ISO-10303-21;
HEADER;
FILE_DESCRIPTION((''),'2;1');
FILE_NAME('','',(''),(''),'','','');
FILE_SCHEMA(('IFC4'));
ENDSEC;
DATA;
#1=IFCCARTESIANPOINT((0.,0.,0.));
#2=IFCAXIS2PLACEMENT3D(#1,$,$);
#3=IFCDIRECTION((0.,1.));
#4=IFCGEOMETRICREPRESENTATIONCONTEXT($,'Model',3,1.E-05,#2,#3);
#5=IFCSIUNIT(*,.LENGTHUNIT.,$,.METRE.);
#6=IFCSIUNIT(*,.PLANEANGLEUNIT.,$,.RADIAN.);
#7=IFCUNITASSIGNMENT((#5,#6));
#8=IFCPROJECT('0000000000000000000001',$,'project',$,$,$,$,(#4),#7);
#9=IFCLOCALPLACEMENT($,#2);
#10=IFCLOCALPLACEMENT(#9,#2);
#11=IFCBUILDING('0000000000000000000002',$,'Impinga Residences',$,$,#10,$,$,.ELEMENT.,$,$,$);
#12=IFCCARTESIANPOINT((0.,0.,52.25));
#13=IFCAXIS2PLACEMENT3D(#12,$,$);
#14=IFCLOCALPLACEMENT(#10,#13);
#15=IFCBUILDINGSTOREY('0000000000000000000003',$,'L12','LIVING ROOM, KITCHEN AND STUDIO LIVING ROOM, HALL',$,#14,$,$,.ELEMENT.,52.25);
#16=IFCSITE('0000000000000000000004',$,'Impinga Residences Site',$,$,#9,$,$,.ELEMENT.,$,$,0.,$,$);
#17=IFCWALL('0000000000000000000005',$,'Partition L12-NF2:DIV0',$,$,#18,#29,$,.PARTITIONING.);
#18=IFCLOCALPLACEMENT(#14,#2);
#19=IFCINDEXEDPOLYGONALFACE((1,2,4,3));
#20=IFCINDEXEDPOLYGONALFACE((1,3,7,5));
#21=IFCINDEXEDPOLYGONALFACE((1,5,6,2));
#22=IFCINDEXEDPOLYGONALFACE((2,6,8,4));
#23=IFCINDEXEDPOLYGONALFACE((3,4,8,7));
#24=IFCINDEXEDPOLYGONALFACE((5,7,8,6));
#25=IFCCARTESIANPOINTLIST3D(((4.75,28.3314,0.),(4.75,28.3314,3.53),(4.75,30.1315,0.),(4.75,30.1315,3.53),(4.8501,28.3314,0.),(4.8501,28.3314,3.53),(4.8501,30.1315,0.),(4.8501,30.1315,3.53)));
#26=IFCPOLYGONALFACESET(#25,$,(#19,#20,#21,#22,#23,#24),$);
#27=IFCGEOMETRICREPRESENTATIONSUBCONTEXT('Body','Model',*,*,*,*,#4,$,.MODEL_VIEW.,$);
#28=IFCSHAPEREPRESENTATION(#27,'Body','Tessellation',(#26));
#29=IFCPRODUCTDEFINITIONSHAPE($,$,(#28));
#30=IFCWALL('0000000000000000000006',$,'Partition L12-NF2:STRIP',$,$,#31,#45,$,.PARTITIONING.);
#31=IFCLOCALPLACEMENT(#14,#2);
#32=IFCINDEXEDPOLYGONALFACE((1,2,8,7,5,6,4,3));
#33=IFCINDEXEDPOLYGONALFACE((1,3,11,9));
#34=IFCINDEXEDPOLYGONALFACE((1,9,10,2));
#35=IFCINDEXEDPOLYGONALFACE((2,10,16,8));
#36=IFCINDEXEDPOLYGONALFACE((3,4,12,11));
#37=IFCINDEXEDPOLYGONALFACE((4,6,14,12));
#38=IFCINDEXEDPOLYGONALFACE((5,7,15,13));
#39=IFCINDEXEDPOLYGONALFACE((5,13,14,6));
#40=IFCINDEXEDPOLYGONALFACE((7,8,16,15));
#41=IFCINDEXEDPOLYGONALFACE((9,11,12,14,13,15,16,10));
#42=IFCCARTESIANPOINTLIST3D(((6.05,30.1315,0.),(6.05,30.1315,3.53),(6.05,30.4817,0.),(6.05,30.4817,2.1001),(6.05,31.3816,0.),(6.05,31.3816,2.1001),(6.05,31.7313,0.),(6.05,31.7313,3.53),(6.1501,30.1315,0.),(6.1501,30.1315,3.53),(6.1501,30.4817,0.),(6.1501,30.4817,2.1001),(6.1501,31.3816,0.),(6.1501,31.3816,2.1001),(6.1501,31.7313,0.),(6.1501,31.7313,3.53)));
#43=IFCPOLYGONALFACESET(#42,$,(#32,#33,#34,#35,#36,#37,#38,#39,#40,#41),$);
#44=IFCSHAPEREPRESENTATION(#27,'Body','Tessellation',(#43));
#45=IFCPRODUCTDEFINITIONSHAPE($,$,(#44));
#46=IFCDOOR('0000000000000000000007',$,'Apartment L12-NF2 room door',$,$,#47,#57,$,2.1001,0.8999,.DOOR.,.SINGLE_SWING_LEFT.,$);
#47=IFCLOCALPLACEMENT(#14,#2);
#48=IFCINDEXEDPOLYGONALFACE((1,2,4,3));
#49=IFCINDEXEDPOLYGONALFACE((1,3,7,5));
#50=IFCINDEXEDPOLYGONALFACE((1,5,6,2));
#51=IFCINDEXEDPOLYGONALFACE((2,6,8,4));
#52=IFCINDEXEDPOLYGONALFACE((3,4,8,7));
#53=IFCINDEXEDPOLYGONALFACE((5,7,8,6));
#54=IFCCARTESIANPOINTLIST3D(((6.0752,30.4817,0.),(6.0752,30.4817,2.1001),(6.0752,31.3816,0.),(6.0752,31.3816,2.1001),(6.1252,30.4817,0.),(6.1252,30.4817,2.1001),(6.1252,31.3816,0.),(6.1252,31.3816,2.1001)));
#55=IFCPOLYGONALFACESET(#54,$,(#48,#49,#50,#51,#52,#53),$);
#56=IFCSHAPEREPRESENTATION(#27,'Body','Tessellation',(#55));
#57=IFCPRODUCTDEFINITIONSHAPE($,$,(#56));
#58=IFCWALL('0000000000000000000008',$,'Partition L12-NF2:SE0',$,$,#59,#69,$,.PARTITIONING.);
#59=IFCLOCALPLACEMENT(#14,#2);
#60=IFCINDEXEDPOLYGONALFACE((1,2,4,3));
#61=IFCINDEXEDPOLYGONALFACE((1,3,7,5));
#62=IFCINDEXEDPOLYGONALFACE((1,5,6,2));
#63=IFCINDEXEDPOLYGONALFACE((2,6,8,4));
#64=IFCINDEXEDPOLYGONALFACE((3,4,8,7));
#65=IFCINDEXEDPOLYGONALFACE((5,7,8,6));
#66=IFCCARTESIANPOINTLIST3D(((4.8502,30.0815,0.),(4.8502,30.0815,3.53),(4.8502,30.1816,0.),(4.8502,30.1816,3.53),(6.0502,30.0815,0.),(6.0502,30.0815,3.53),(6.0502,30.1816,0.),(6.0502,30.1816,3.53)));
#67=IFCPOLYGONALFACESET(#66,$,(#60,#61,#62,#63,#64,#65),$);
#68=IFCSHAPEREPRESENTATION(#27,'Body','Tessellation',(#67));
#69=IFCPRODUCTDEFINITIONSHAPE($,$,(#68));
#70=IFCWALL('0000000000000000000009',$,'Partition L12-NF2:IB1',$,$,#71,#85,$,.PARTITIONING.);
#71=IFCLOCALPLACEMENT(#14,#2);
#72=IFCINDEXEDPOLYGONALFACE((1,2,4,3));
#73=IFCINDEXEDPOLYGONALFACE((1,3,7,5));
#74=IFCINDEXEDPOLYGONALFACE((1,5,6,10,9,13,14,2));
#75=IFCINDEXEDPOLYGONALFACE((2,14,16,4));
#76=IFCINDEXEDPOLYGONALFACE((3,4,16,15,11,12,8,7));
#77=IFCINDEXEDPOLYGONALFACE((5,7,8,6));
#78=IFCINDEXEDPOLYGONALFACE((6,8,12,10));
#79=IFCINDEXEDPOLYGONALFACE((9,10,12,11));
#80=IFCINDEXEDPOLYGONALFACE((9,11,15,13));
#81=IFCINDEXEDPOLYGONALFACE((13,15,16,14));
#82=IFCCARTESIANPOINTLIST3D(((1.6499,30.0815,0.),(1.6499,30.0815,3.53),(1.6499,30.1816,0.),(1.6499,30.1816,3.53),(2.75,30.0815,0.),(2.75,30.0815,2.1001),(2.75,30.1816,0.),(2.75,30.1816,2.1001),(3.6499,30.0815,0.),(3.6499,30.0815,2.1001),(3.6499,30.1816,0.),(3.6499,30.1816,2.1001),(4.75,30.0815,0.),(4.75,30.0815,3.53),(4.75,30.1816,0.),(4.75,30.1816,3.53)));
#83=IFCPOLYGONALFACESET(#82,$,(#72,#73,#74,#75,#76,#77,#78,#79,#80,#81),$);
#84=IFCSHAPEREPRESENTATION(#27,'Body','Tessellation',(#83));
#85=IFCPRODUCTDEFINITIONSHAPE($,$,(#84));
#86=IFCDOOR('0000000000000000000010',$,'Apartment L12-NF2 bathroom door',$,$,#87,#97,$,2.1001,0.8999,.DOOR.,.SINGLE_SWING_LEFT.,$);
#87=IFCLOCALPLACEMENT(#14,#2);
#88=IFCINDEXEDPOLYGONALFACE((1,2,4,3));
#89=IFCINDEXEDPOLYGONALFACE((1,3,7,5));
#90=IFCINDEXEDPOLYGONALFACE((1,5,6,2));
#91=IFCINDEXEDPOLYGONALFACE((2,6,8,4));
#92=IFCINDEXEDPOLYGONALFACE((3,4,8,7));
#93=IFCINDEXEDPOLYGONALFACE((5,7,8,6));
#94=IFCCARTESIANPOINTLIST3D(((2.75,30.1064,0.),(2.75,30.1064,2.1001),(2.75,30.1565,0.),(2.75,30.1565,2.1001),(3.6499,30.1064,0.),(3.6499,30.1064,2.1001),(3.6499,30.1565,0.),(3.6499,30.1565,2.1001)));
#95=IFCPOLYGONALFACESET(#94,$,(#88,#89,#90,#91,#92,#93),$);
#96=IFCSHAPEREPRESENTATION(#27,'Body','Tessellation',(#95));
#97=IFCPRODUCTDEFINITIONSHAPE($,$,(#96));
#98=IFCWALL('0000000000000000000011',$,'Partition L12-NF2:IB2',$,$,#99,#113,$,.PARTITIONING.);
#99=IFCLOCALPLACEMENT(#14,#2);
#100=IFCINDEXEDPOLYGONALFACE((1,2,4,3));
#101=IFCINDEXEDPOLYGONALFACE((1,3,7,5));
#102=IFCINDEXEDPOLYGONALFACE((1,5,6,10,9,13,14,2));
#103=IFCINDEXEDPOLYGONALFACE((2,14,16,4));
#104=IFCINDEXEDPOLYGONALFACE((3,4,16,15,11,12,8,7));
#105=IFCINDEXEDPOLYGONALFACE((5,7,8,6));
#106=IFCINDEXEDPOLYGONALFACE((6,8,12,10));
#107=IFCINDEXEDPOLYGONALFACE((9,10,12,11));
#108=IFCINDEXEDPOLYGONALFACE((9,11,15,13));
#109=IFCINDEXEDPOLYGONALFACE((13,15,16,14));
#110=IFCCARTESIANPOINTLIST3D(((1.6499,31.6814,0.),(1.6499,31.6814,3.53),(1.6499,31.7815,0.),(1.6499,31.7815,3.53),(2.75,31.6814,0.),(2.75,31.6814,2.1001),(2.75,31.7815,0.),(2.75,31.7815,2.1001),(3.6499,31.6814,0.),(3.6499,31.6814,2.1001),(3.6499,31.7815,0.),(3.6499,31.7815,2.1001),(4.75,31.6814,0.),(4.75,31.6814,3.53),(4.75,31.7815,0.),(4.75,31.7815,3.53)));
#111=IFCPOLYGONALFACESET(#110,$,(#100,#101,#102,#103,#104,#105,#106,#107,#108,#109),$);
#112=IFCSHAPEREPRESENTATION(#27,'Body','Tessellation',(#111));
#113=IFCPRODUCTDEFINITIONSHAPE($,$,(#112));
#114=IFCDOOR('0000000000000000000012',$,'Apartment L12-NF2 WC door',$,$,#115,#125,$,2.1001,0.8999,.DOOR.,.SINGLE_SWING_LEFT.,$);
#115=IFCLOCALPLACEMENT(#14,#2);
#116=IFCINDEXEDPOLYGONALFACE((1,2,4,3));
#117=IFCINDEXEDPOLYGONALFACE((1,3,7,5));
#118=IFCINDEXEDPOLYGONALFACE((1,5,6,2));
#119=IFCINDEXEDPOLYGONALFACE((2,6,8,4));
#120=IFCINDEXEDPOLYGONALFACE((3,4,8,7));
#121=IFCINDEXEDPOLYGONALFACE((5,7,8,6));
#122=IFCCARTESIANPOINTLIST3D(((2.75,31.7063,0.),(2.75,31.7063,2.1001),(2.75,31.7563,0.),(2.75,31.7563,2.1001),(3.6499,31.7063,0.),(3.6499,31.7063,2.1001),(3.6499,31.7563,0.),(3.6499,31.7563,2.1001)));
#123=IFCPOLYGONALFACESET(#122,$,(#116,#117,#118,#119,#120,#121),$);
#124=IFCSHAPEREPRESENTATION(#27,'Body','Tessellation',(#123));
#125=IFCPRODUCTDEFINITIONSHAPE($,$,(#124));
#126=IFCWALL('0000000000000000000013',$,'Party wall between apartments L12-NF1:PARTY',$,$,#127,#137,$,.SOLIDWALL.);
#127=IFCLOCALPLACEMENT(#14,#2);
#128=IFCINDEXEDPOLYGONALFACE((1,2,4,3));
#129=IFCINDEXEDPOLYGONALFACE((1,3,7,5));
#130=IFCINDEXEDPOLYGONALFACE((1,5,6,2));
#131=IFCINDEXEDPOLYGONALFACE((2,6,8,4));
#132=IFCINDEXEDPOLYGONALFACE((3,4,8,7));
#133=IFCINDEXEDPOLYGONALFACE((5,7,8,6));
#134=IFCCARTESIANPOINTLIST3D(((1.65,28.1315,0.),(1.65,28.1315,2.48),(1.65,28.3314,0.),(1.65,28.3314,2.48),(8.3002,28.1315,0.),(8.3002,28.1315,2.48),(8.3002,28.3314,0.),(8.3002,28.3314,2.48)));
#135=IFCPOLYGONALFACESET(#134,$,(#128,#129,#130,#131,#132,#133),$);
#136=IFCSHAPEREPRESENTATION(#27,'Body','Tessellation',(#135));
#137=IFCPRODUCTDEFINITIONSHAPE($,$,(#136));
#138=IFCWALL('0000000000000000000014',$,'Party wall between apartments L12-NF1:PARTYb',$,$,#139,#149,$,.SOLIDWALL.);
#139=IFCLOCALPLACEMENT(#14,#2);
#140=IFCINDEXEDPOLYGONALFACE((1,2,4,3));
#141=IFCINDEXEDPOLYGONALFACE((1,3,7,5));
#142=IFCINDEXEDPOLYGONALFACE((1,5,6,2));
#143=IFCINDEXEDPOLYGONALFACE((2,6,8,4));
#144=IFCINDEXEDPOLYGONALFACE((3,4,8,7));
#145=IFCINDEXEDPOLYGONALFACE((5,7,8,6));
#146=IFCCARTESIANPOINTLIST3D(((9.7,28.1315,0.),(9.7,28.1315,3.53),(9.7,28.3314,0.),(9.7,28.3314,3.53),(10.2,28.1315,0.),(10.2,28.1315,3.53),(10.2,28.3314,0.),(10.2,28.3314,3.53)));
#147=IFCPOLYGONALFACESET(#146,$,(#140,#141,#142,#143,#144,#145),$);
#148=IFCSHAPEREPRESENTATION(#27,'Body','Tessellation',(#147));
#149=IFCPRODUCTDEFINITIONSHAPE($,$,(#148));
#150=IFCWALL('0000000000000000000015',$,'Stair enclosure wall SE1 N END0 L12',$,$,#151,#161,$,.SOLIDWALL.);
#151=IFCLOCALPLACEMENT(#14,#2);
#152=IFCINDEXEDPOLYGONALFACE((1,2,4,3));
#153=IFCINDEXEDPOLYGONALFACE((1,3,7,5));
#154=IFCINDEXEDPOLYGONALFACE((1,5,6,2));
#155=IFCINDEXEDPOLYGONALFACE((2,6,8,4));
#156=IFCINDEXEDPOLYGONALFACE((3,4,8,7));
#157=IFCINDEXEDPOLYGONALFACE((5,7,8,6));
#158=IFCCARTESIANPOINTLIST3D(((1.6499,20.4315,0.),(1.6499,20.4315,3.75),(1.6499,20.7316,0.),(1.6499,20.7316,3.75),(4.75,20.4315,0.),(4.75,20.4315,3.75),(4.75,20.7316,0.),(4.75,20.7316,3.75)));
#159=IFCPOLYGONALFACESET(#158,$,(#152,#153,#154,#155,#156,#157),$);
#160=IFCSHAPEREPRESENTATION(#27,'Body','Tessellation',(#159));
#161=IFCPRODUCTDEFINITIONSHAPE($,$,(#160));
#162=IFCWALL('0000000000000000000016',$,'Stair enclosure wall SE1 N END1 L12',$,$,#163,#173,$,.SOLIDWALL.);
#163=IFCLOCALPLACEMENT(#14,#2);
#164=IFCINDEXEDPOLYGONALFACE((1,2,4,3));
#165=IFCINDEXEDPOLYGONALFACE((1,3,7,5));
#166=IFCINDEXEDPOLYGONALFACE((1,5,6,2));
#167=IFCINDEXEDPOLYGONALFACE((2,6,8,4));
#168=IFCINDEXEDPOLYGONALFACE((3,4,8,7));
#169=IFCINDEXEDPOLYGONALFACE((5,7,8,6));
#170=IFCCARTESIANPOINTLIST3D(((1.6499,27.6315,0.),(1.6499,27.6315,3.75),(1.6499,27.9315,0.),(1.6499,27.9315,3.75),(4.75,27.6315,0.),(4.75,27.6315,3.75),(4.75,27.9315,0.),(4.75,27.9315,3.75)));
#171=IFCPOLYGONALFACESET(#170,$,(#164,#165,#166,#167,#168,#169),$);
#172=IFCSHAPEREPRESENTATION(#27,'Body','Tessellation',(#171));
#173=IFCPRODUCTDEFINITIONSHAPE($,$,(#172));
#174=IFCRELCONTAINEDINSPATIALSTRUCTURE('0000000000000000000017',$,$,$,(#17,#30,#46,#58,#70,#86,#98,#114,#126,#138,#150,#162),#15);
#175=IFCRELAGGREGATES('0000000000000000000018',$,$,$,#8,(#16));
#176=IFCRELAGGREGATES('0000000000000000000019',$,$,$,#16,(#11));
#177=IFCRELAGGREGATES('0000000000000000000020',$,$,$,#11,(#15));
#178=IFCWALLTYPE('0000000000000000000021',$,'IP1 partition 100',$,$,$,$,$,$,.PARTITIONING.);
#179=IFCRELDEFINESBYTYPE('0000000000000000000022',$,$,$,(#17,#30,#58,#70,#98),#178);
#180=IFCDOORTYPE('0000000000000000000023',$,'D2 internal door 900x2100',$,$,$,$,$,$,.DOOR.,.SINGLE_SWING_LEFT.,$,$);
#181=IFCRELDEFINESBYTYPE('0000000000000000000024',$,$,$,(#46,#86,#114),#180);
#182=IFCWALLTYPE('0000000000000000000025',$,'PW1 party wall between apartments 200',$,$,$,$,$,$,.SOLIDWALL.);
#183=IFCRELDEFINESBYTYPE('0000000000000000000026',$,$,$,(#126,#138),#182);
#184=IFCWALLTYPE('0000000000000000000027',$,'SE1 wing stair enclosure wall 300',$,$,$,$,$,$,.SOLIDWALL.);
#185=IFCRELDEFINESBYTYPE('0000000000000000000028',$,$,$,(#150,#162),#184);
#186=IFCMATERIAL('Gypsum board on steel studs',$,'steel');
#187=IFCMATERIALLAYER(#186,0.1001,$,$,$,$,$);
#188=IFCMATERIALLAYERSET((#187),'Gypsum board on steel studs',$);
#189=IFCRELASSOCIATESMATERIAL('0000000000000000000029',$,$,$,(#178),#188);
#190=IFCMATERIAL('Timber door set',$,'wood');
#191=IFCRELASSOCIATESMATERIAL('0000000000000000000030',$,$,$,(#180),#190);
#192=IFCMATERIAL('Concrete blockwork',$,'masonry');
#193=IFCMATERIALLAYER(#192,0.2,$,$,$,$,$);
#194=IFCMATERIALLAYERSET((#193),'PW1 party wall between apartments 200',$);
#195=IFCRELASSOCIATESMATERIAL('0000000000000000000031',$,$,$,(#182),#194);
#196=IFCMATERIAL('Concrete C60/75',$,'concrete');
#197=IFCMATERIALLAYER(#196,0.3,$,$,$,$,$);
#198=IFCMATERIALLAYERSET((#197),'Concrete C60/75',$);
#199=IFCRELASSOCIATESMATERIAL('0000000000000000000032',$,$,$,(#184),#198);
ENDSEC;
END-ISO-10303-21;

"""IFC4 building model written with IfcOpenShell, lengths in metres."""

from ifc_helpers import new_model, si_unit, direction, frame, frame_2d, origin, place, context, subcontext, project, spatial, rectangle, extrude, material, layer, layer_set, type_object, element, fill, save


model = new_model("IFC4")

# Units and contexts
model_context = context("Model", 3, precision=1e-05, world=origin(), true_north=direction((0.0, 1.0)))
body_context = subcontext(model_context, "Body", "Model", "MODEL_VIEW")
ifc_project = project(units=[si_unit("LENGTHUNIT", "METRE"), si_unit("PLANEANGLEUNIT", "RADIAN")], contexts=[model_context])

# Site, building, storey
site_placement = place(None, origin())
site = spatial("IfcSite", under=ifc_project, at=site_placement, Name="Impinga Residences Site", CompositionType="ELEMENT", RefElevation=0.0)
building_placement = place(site_placement, origin())
building = spatial("IfcBuilding", under=site, at=building_placement, Name="Impinga Residences", CompositionType="ELEMENT")
storey_placement = place(building_placement, frame((0.0, 0.0, 52.25)))
storey = spatial("IfcBuildingStorey", under=building, at=storey_placement, Name="L12", Description="LIVING ROOM, KITCHEN AND STUDIO LIVING ROOM, HALL", CompositionType="ELEMENT", Elevation=52.25)

# Shared definitions
ifc_material_1 = material(Name="Concrete C60/75", Category="concrete")

# Shared definitions
ifc_material_2 = material(Name="Gypsum board on steel studs", Category="steel")
ifc_layer_1 = layer(ifc_material_2, 0.1001)
ifc_layer_set_1 = layer_set([ifc_layer_1], Name="Gypsum board on steel studs")
wall_type_1 = type_object("IfcWallType", Name="IP1 partition 100", PredefinedType="PARTITIONING", material=ifc_layer_set_1)

# Shared definitions
ifc_material_3 = material(Name="Timber door set", Category="wood")
door_type = type_object("IfcDoorType", Name="D2 internal door 900x2100", OperationType="SINGLE_SWING_LEFT", PredefinedType="DOOR", material=ifc_material_3)

# Wall
wall_1_placement = place(storey_placement, frame((4.8, 28.3315, 0.0), z_axis=(0.0, 0.0, 1.0), x_axis=(0.0, 1.0, 0.0)))
element("IfcWall", 1, at=wall_1_placement, inside=storey, type_object=wall_type_1, Name="Partition L12-NF2:DIV0", PredefinedType="PARTITIONING", context=body_context, shape_type="SweptSolid", body=[
    extrude(rectangle(XDim=1.8, YDim=0.1001, at=frame_2d((0.8999, 0.0))), origin(), (0.0, 0.0, 1.0), 3.53),
])

# Wall, opening, door
wall_2_placement = place(storey_placement, frame((6.1001, 30.1316, 0.0), z_axis=(0.0, 0.0, 1.0), x_axis=(0.0, 1.0, 0.0)))
wall_2 = element("IfcWall", 2, at=wall_2_placement, inside=storey, type_object=wall_type_1, Name="Partition L12-NF2:STRIP", PredefinedType="PARTITIONING", context=body_context, shape_type="SweptSolid", body=[
    extrude(rectangle(XDim=1.5999, YDim=0.1001, at=frame_2d((0.7998, 0.0))), origin(), (0.0, 0.0, 1.0), 3.53),
])
opening_1_placement = place(wall_2_placement, frame((0.3501, 0.0, 0.0)))
opening_1 = element("IfcOpeningElement", 3, at=opening_1_placement, cuts=wall_2, PredefinedType="OPENING", context=body_context, shape_type="SweptSolid", body=[
    extrude(rectangle(XDim=0.8999, YDim=2.1001, at=frame_2d((0.45, 1.05))), frame((0.0, 0.0601, 0.0), z_axis=(0.0, -1.0, 0.0), x_axis=(1.0, 0.0, 0.0)), (0.0, 0.0, 1.0), 0.1201),
])
door_1_placement = place(opening_1_placement, origin())
door_1 = element("IfcDoor", 4, at=door_1_placement, inside=storey, type_object=door_type, Name="Apartment L12-NF2 room door", OperationType="SINGLE_SWING_LEFT", OverallHeight=2.1001, OverallWidth=0.8999, PredefinedType="DOOR", context=body_context, shape_type="SweptSolid", body=[
    extrude(rectangle(XDim=0.8999, YDim=2.1001, at=frame_2d((0.45, 1.05))), frame((0.0, 0.0249, 0.0), z_axis=(0.0, -1.0, 0.0), x_axis=(1.0, 0.0, 0.0)), (0.0, 0.0, 1.0), 0.05),
])
fill(opening_1, door_1)

# Wall
wall_3_placement = place(storey_placement, frame((4.8501, 30.1316, 0.0), z_axis=(0.0, 0.0, 1.0), x_axis=(1.0, 0.0, 0.0)))
element("IfcWall", 5, at=wall_3_placement, inside=storey, type_object=wall_type_1, Name="Partition L12-NF2:SE0", PredefinedType="PARTITIONING", context=body_context, shape_type="SweptSolid", body=[
    extrude(rectangle(XDim=1.2, YDim=0.1001, at=frame_2d((0.6001, 0.0))), origin(), (0.0, 0.0, 1.0), 3.53),
])

# Walls, openings, doors
wall_4_placement = place(storey_placement, frame((1.6499, 30.1316, 0.0), z_axis=(0.0, 0.0, 1.0), x_axis=(1.0, 0.0, 0.0)))
wall_4 = element("IfcWall", 6, at=wall_4_placement, inside=storey, type_object=wall_type_1, Name="Partition L12-NF2:IB1", PredefinedType="PARTITIONING", context=body_context, shape_type="SweptSolid", body=[
    extrude(rectangle(XDim=3.1001, YDim=0.1001, at=frame_2d((1.55, 0.0))), origin(), (0.0, 0.0, 1.0), 3.53),
])
opening_2_placement = place(wall_4_placement, frame((1.1001, 0.0, 0.0)))
opening_2 = element("IfcOpeningElement", 7, at=opening_2_placement, cuts=wall_4, PredefinedType="OPENING", context=body_context, shape_type="SweptSolid", body=[
    extrude(rectangle(XDim=0.8999, YDim=2.1001, at=frame_2d((0.45, 1.05))), frame((0.0, 0.0601, 0.0), z_axis=(0.0, -1.0, 0.0), x_axis=(1.0, 0.0, 0.0)), (0.0, 0.0, 1.0), 0.1201),
])
door_2_placement = place(opening_2_placement, origin())
door_2 = element("IfcDoor", 8, at=door_2_placement, inside=storey, type_object=door_type, Name="Apartment L12-NF2 bathroom door", OperationType="SINGLE_SWING_LEFT", OverallHeight=2.1001, OverallWidth=0.8999, PredefinedType="DOOR", context=body_context, shape_type="SweptSolid", body=[
    extrude(rectangle(XDim=0.8999, YDim=2.1001, at=frame_2d((0.45, 1.05))), frame((0.0, 0.0249, 0.0), z_axis=(0.0, -1.0, 0.0), x_axis=(1.0, 0.0, 0.0)), (0.0, 0.0, 1.0), 0.05),
])
fill(opening_2, door_2)
wall_5_placement = place(storey_placement, frame((1.6499, 31.7314, 0.0), z_axis=(0.0, 0.0, 1.0), x_axis=(1.0, 0.0, 0.0)))
wall_5 = element("IfcWall", 9, at=wall_5_placement, inside=storey, type_object=wall_type_1, Name="Partition L12-NF2:IB2", PredefinedType="PARTITIONING", context=body_context, shape_type="SweptSolid", body=[
    extrude(rectangle(XDim=3.1001, YDim=0.1001, at=frame_2d((1.55, 0.0))), origin(), (0.0, 0.0, 1.0), 3.53),
])
opening_3_placement = place(wall_5_placement, frame((1.1001, 0.0, 0.0)))
opening_3 = element("IfcOpeningElement", 10, at=opening_3_placement, cuts=wall_5, PredefinedType="OPENING", context=body_context, shape_type="SweptSolid", body=[
    extrude(rectangle(XDim=0.8999, YDim=2.1001, at=frame_2d((0.45, 1.05))), frame((0.0, 0.0601, 0.0), z_axis=(0.0, -1.0, 0.0), x_axis=(1.0, 0.0, 0.0)), (0.0, 0.0, 1.0), 0.1201),
])
door_3_placement = place(opening_3_placement, origin())
door_3 = element("IfcDoor", 11, at=door_3_placement, inside=storey, type_object=door_type, Name="Apartment L12-NF2 WC door", OperationType="SINGLE_SWING_LEFT", OverallHeight=2.1001, OverallWidth=0.8999, PredefinedType="DOOR", context=body_context, shape_type="SweptSolid", body=[
    extrude(rectangle(XDim=0.8999, YDim=2.1001, at=frame_2d((0.45, 1.05))), frame((0.0, 0.0249, 0.0), z_axis=(0.0, -1.0, 0.0), x_axis=(1.0, 0.0, 0.0)), (0.0, 0.0, 1.0), 0.05),
])
fill(opening_3, door_3)

# Walls
ifc_material_4 = material(Name="Concrete blockwork", Category="masonry")
ifc_layer_2 = layer(ifc_material_4, 0.2)
ifc_layer_set_2 = layer_set([ifc_layer_2], Name="PW1 party wall between apartments 200")
wall_type_2 = type_object("IfcWallType", Name="PW1 party wall between apartments 200", PredefinedType="SOLIDWALL", material=ifc_layer_set_2)
wall_6_placement = place(storey_placement, frame((1.6499, 28.2314, 0.0), z_axis=(0.0, 0.0, 1.0), x_axis=(1.0, 0.0, 0.0)))
element("IfcWall", 12, at=wall_6_placement, inside=storey, type_object=wall_type_2, Name="Party wall between apartments L12-NF1:PARTY", PredefinedType="SOLIDWALL", context=body_context, shape_type="SweptSolid", body=[
    extrude(rectangle(XDim=6.6501, YDim=0.2, at=frame_2d((3.3252, 0.0))), origin(), (0.0, 0.0, 1.0), 2.48),
])
wall_7_placement = place(storey_placement, frame((9.7, 28.2314, 0.0), z_axis=(0.0, 0.0, 1.0), x_axis=(1.0, 0.0, 0.0)))
element("IfcWall", 13, at=wall_7_placement, inside=storey, type_object=wall_type_2, Name="Party wall between apartments L12-NF1:PARTYb", PredefinedType="SOLIDWALL", context=body_context, shape_type="SweptSolid", body=[
    extrude(rectangle(XDim=0.5, YDim=0.2, at=frame_2d((0.25, 0.0))), origin(), (0.0, 0.0, 1.0), 3.53),
])
ifc_layer_3 = layer(ifc_material_1, 0.3)
ifc_layer_set_3 = layer_set([ifc_layer_3], Name="Concrete C60/75")
wall_type_3 = type_object("IfcWallType", Name="SE1 wing stair enclosure wall 300", PredefinedType="SOLIDWALL", material=ifc_layer_set_3)
for number, where, z_axis, x_axis, name in (
    (14, (1.6499, 20.5815, 0.0), (0.0, 0.0, 1.0), (1.0, 0.0, 0.0), "Stair enclosure wall SE1 N END0 L12"),
    (15, (1.6499, 27.7815, 0.0), (0.0, 0.0, 1.0), (1.0, 0.0, 0.0), "Stair enclosure wall SE1 N END1 L12"),
):
    element("IfcWall", number, at=place(storey_placement, frame(where, z_axis=z_axis, x_axis=x_axis)), inside=storey, type_object=wall_type_3, Name=name, PredefinedType="SOLIDWALL", context=body_context, shape_type="SweptSolid", body=[
        extrude(rectangle(XDim=3.1001, YDim=0.3, at=frame_2d((1.55, 0.0))), origin(), (0.0, 0.0, 1.0), 3.75),
    ])

save(model, "model.ifc")
